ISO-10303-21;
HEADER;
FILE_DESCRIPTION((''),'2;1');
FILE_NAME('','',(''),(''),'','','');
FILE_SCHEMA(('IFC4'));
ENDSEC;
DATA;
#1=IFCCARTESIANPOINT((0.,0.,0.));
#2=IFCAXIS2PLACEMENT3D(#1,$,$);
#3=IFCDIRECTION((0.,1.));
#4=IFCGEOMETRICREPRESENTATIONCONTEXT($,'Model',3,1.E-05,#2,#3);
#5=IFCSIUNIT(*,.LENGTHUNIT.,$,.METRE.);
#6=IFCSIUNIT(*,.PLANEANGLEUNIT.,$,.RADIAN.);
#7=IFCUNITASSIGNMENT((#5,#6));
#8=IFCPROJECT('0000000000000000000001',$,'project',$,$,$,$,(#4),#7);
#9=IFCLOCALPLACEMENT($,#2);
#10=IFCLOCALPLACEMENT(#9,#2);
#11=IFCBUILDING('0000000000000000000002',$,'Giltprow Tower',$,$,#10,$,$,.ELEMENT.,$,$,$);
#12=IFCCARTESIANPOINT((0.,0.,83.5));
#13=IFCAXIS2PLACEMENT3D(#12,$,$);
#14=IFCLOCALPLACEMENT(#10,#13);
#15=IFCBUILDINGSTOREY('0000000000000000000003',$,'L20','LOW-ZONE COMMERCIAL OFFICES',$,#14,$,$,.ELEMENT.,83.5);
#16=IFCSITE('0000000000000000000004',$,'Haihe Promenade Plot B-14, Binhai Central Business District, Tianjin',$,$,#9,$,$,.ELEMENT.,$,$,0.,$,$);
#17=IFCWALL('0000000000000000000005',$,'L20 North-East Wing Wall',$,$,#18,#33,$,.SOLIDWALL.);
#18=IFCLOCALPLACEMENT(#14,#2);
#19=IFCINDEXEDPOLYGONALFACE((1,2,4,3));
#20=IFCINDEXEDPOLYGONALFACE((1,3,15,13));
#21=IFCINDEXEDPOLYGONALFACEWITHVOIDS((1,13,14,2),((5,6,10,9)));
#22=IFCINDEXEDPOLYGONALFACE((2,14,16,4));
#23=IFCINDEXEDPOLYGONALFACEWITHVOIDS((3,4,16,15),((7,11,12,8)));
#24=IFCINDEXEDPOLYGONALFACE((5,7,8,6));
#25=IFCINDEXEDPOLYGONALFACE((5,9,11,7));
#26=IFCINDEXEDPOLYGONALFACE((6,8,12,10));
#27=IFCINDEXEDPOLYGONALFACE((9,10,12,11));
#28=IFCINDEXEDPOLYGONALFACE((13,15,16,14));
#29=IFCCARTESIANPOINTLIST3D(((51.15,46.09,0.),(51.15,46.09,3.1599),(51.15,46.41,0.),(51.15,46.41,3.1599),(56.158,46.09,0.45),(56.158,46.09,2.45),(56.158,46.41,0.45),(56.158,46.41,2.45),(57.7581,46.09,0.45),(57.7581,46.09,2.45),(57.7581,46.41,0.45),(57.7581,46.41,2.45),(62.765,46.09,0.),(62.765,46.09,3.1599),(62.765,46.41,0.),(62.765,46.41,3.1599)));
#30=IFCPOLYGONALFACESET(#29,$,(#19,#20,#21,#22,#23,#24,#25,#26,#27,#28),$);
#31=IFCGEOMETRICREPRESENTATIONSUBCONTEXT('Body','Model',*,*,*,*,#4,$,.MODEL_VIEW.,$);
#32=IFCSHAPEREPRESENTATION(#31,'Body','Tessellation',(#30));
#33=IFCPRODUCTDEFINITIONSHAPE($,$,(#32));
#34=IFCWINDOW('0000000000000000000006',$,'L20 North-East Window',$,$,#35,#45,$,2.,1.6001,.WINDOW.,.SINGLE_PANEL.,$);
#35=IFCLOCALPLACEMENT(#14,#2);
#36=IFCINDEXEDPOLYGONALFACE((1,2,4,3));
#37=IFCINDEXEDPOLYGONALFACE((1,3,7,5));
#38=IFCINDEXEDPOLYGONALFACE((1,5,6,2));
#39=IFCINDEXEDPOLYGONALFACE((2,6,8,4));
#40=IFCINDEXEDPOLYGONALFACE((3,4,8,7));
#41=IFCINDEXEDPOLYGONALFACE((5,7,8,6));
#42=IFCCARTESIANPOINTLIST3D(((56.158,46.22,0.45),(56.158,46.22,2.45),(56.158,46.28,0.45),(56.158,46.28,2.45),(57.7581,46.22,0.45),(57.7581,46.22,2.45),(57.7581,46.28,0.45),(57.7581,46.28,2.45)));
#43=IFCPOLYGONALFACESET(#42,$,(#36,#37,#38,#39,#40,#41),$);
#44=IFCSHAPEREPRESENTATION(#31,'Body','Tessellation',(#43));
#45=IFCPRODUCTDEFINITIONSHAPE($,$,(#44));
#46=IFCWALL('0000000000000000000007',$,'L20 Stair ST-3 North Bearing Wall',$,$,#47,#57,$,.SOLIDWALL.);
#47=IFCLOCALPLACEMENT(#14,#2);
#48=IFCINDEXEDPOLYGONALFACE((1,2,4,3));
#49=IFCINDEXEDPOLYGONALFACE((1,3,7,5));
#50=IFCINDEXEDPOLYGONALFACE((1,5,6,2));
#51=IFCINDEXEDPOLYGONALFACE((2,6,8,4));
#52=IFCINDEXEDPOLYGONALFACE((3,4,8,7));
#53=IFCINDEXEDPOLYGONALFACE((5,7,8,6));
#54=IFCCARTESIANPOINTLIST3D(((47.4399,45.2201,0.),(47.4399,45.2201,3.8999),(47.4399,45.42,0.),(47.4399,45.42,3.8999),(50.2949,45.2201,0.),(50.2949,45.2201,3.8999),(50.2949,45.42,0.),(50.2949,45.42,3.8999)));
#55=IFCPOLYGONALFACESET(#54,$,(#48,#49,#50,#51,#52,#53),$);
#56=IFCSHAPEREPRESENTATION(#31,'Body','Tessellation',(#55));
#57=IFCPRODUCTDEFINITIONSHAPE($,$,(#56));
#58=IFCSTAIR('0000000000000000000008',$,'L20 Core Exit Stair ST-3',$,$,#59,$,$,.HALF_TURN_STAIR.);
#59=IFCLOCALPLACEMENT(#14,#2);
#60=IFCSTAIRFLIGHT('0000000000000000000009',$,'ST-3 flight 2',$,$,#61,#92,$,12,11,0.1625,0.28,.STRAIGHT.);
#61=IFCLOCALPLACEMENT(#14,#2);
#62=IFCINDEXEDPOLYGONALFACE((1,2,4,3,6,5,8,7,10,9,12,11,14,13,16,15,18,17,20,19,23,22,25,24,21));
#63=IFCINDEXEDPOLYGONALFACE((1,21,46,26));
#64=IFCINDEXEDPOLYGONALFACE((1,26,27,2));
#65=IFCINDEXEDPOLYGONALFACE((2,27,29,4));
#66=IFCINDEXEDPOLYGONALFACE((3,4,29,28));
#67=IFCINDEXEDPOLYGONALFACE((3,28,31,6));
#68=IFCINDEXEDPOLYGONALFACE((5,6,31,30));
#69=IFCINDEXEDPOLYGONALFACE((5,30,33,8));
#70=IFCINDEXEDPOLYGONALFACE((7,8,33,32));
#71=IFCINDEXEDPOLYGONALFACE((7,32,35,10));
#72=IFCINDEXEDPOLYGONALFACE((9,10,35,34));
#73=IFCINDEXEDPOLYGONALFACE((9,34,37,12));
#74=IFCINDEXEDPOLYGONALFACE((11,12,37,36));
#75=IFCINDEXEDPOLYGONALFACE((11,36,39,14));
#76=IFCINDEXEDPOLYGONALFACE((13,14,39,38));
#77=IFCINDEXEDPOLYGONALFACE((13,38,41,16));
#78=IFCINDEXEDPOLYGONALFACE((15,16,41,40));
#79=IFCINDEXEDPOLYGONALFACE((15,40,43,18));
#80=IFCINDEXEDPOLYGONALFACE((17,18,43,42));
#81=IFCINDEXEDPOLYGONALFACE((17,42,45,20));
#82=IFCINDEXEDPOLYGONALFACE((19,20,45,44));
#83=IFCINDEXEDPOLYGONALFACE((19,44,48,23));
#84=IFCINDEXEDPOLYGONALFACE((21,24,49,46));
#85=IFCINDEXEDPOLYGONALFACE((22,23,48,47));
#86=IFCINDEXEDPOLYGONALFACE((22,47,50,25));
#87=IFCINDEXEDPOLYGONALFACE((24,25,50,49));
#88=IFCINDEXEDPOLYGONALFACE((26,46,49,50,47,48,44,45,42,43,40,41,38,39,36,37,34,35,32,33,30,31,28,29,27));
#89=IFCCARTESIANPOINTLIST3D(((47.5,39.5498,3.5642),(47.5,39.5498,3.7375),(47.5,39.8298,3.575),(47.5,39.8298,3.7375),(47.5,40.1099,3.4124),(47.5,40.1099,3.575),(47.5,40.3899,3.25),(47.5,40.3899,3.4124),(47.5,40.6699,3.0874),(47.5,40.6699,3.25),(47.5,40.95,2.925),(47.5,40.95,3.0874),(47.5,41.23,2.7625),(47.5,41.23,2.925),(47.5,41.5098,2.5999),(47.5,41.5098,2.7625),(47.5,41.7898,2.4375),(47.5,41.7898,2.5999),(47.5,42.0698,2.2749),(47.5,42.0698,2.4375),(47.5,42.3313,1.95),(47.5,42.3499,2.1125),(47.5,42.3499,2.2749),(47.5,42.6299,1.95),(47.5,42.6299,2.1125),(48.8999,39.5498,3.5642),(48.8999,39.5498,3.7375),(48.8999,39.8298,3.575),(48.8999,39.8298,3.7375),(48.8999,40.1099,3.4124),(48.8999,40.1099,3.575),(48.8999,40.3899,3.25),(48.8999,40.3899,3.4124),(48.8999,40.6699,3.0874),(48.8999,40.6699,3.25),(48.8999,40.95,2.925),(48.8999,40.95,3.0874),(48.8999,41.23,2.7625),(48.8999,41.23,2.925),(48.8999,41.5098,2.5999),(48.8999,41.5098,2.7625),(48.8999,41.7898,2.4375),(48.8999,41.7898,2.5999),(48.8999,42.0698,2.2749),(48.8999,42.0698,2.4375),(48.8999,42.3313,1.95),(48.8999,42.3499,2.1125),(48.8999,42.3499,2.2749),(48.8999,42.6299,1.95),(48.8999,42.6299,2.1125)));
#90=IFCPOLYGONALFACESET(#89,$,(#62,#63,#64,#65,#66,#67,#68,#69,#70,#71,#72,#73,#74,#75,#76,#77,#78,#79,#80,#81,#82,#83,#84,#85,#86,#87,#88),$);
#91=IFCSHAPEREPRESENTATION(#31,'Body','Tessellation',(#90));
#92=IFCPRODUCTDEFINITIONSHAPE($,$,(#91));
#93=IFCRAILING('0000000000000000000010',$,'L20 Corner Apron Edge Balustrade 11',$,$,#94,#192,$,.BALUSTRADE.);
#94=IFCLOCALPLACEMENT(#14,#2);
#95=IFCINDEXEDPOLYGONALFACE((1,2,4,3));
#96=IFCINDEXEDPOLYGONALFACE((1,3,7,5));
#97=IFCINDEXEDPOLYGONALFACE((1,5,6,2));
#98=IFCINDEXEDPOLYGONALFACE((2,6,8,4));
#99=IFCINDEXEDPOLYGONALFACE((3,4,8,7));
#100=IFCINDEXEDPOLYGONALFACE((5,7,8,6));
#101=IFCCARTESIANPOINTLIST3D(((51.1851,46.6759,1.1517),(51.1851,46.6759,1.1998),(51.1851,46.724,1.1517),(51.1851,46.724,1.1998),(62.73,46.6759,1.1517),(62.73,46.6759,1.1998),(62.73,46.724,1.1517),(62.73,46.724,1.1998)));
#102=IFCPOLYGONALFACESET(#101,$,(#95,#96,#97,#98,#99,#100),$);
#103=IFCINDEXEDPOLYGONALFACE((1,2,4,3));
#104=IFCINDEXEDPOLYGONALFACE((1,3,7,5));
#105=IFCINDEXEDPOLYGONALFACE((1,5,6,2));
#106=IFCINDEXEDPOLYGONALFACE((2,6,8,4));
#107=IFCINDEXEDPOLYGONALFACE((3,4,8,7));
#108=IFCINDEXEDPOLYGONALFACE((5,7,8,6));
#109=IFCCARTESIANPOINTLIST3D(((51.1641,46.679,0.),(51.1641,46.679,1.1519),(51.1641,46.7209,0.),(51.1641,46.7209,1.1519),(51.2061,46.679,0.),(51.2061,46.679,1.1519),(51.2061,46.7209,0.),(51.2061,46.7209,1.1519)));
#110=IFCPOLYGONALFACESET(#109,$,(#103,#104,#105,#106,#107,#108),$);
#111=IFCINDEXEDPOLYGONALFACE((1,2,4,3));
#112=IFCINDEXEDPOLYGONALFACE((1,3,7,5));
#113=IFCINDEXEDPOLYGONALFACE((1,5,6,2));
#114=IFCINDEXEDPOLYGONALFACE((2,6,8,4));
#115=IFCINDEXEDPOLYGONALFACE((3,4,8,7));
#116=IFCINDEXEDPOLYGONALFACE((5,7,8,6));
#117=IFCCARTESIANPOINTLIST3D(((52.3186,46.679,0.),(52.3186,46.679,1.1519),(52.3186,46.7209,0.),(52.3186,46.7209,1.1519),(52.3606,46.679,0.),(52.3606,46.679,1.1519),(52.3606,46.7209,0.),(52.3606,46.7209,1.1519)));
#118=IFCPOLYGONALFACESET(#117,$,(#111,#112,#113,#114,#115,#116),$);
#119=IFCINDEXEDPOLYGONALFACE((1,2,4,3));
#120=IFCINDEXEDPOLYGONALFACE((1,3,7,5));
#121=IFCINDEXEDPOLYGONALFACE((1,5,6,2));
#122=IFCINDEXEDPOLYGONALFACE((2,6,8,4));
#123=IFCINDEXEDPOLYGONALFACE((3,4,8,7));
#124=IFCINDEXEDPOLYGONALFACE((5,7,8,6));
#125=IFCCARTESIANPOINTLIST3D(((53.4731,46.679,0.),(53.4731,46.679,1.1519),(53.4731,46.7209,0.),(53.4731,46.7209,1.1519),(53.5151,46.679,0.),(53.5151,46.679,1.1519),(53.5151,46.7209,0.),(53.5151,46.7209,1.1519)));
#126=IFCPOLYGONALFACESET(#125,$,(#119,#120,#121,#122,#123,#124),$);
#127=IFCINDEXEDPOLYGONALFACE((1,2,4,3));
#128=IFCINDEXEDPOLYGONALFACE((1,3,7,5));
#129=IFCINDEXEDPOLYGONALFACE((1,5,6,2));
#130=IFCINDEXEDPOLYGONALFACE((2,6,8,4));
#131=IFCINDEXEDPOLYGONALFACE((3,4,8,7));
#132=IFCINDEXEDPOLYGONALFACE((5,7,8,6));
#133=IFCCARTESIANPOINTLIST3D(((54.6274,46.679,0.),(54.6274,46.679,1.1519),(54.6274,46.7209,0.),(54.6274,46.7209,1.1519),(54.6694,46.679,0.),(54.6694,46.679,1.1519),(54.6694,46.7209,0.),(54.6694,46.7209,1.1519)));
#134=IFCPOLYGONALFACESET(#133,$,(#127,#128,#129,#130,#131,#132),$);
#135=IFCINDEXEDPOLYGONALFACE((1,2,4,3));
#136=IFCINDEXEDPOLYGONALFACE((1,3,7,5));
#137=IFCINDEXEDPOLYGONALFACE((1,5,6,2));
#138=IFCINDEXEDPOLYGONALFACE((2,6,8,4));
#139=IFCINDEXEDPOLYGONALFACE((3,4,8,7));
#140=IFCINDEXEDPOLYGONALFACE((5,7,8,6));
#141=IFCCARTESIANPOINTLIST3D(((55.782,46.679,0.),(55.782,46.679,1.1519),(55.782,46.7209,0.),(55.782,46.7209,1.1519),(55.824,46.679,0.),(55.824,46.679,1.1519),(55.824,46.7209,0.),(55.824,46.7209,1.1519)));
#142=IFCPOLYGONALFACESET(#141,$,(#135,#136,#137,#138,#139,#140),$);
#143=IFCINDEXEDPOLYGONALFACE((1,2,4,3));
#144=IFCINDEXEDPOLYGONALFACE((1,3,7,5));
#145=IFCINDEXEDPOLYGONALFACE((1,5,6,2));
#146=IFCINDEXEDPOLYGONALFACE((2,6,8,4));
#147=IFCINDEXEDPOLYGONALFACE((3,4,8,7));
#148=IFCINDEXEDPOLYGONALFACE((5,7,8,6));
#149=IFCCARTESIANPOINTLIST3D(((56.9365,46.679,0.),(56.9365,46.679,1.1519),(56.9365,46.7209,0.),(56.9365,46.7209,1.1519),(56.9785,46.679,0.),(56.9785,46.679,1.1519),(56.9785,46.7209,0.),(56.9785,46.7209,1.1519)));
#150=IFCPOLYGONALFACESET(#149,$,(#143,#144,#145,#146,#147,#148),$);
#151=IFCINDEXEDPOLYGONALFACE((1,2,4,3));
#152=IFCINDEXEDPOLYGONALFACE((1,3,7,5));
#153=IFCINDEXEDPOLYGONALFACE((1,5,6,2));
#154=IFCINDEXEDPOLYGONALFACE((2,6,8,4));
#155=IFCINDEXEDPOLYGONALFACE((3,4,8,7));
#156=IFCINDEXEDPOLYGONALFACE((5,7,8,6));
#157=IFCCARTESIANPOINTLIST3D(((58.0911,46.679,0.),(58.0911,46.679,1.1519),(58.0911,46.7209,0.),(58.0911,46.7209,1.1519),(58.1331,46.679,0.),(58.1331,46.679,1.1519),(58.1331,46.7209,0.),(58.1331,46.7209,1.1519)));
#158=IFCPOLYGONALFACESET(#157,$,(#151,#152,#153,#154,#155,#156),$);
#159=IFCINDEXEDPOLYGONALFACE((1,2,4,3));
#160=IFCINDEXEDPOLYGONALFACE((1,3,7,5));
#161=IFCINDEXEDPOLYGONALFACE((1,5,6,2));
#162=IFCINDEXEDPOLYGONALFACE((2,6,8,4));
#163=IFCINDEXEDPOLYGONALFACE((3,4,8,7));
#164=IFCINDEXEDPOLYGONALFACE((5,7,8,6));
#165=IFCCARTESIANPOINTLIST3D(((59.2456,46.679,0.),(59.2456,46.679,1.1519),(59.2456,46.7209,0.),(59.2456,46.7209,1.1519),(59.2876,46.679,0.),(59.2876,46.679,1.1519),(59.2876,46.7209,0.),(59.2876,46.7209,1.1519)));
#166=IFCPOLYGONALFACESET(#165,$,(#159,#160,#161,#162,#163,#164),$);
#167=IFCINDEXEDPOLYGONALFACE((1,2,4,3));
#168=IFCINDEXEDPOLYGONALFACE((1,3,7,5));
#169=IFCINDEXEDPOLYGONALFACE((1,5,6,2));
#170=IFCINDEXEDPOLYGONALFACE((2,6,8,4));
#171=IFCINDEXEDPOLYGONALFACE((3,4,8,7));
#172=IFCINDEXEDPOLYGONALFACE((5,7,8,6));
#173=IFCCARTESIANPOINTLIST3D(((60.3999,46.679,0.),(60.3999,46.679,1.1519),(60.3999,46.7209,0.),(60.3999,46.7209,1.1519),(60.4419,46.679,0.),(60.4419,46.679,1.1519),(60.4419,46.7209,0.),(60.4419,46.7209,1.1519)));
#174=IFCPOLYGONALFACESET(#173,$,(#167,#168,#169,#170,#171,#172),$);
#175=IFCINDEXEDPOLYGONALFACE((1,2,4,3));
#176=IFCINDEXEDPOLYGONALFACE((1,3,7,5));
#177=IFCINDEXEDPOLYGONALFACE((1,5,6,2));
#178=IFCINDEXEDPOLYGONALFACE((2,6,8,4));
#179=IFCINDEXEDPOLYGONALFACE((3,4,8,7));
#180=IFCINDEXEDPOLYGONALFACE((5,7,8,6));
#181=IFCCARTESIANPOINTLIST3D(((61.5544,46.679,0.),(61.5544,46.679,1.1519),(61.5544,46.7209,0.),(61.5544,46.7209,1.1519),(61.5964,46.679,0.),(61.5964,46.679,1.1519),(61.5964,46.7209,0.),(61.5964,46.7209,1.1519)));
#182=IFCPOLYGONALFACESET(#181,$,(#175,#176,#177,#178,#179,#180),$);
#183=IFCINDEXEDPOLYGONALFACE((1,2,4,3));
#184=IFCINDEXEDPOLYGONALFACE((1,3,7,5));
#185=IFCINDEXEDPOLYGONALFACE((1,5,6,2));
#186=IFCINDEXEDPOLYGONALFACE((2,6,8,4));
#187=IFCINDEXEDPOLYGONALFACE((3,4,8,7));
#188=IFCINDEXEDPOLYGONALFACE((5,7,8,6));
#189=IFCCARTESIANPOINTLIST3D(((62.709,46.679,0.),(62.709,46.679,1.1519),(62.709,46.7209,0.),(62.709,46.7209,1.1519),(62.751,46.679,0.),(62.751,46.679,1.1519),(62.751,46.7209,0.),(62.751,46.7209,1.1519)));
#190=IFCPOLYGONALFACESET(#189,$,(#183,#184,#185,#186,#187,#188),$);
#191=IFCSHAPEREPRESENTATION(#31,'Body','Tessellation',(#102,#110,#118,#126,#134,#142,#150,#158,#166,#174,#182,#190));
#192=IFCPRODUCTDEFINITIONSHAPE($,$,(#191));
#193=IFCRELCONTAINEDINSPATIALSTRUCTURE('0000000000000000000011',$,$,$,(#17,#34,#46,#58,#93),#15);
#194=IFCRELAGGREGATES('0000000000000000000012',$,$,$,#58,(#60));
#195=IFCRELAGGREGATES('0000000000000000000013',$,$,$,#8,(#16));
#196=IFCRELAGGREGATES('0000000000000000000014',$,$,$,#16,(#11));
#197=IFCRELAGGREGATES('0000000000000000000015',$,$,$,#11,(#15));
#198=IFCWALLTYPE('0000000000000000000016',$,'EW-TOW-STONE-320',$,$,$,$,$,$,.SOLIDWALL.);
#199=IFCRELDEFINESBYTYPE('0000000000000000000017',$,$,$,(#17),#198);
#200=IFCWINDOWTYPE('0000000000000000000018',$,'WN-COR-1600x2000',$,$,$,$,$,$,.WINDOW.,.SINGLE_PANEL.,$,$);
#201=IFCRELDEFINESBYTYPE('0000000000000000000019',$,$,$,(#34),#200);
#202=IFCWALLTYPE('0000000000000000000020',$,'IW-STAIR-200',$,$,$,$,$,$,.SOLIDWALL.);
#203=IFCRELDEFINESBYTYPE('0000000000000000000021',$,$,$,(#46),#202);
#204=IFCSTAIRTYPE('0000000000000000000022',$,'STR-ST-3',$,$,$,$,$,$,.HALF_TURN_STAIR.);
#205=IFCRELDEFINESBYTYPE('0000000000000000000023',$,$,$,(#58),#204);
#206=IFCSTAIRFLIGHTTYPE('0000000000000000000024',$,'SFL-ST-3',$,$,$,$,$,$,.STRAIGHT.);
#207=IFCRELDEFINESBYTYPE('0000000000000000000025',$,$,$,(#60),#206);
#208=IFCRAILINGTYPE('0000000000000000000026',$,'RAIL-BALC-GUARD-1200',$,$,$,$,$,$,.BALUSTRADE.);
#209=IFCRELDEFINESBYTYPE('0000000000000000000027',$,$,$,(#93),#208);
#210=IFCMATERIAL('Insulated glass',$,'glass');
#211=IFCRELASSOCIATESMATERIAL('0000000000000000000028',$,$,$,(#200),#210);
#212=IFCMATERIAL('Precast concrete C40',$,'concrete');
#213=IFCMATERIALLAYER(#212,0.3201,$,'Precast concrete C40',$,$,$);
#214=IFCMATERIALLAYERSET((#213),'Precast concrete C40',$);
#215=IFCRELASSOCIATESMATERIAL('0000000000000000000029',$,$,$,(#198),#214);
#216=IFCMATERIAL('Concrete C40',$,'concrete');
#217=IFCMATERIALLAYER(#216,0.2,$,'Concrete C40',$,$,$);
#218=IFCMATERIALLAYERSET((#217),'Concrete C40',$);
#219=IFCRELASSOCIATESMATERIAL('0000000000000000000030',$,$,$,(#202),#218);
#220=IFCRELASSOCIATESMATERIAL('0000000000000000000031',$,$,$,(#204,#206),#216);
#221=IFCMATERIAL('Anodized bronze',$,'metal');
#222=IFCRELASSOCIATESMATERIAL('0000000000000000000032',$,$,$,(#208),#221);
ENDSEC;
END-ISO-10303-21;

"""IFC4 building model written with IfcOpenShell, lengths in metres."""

from ifc_helpers import new_model, si_unit, direction, frame, frame_2d, origin, origin_2d, place, context, subcontext, project, spatial, polyline, rectangle, outline, extrude, source, transform, mapped, material, layer, layer_set, type_object, element, fill, aggregate, save


model = new_model("IFC4")

# Units and contexts
model_context = context("Model", 3, precision=1e-05, world=origin(), true_north=direction((0.0, 1.0)))
body_context = subcontext(model_context, "Body", "Model", "MODEL_VIEW")
ifc_project = project(units=[si_unit("LENGTHUNIT", "METRE"), si_unit("PLANEANGLEUNIT", "RADIAN")], contexts=[model_context])

# Site, building, storey
site_placement = place(None, origin())
site = spatial("IfcSite", under=ifc_project, at=site_placement, Name="Haihe Promenade Plot B-14, Binhai Central Business District, Tianjin", CompositionType="ELEMENT", RefElevation=0.0)
building_placement = place(site_placement, origin())
building = spatial("IfcBuilding", under=site, at=building_placement, Name="Giltprow Tower", CompositionType="ELEMENT")
storey_placement = place(building_placement, frame((0.0, 0.0, 83.5)))
storey = spatial("IfcBuildingStorey", under=building, at=storey_placement, Name="L20", Description="LOW-ZONE COMMERCIAL OFFICES", CompositionType="ELEMENT", Elevation=83.5)

# Wall, opening, window
ifc_material_1 = material(Name="Precast concrete C40", Category="concrete")
ifc_material_2 = material(Name="Insulated glass", Category="glass")
window_type = type_object("IfcWindowType", Name="WN-COR-1600x2000", PartitioningType="SINGLE_PANEL", PredefinedType="WINDOW", material=ifc_material_2)
shared_shape_1 = source(origin(), body_context, "Body", "SweptSolid", [
    extrude(rectangle(XDim=1.6001, YDim=2.0, at=frame_2d((0.8, 1.0))), frame((0.0, 0.03, 0.0), z_axis=(0.0, -1.0, 0.0), x_axis=(1.0, 0.0, 0.0)), (0.0, 0.0, 1.0), 0.0601),
])
ifc_layer_1 = layer(ifc_material_1, 0.3201, Name="Precast concrete C40")
ifc_layer_set_1 = layer_set([ifc_layer_1], Name="Precast concrete C40")
wall_type_1 = type_object("IfcWallType", Name="EW-TOW-STONE-320", PredefinedType="SOLIDWALL", material=ifc_layer_set_1)
wall_1_placement = place(storey_placement, frame((51.1499, 46.25, 0.0), z_axis=(0.0, 0.0, 1.0), x_axis=(1.0, 0.0, 0.0)))
wall_1 = element("IfcWall", 1, at=wall_1_placement, inside=storey, type_object=wall_type_1, Name="L20 North-East Wing Wall", PredefinedType="SOLIDWALL", context=body_context, shape_type="SweptSolid", body=[
    extrude(rectangle(XDim=11.615, YDim=0.3201, at=frame_2d((5.8076, 0.0))), origin(), (0.0, 0.0, 1.0), 3.1599),
])
opening_1_placement = place(wall_1_placement, frame((5.0081, 0.0, 0.45)))
opening_1 = element("IfcOpeningElement", 2, at=opening_1_placement, cuts=wall_1, PredefinedType="OPENING", context=body_context, shape_type="SweptSolid", body=[
    extrude(rectangle(XDim=1.6001, YDim=2.0, at=frame_2d((0.8, 1.0))), frame((0.0, 0.1699, 0.0), z_axis=(0.0, -1.0, 0.0), x_axis=(1.0, 0.0, 0.0)), (0.0, 0.0, 1.0), 0.3401),
])
window_1_placement = place(opening_1_placement, origin())
window_1 = element("IfcWindow", 3, at=window_1_placement, inside=storey, type_object=window_type, Name="L20 North-East Window", OverallHeight=2.0, OverallWidth=1.6001, PartitioningType="SINGLE_PANEL", PredefinedType="WINDOW", context=body_context, shape_type="MappedRepresentation", body=[
    mapped(shared_shape_1, transform((0.0, 0.0, 0.0), x_axis=(1.0, 0.0, 0.0), y_axis=(0.0, 1.0, 0.0), z_axis=(0.0, 0.0, 1.0), scale=1.0)),
])
fill(opening_1, window_1)

# Wall
ifc_material_3 = material(Name="Concrete C40", Category="concrete")
ifc_layer_2 = layer(ifc_material_3, 0.2, Name="Concrete C40")
ifc_layer_set_2 = layer_set([ifc_layer_2], Name="Concrete C40")
wall_type_2 = type_object("IfcWallType", Name="IW-STAIR-200", PredefinedType="SOLIDWALL", material=ifc_layer_set_2)
wall_2_placement = place(storey_placement, frame((47.4399, 45.3201, 0.0), z_axis=(0.0, 0.0, 1.0), x_axis=(1.0, 0.0, 0.0)))
element("IfcWall", 4, at=wall_2_placement, inside=storey, type_object=wall_type_2, Name="L20 Stair ST-3 North Bearing Wall", PredefinedType="SOLIDWALL", context=body_context, shape_type="SweptSolid", body=[
    extrude(rectangle(XDim=2.855, YDim=0.2, at=frame_2d((1.4275, 0.0))), origin(), (0.0, 0.0, 1.0), 3.8999),
])

# Stair, stair flight
stair_type = type_object("IfcStairType", Name="STR-ST-3", PredefinedType="HALF_TURN_STAIR", material=ifc_material_3)
stair_placement = place(storey_placement, origin())
stair = element("IfcStair", 5, at=stair_placement, inside=storey, type_object=stair_type, Name="L20 Core Exit Stair ST-3", PredefinedType="HALF_TURN_STAIR")
stair_flight_type = type_object("IfcStairFlightType", Name="SFL-ST-3", PredefinedType="STRAIGHT", material=ifc_material_3)
stair_flight_placement = place(storey_placement, frame((48.2, 42.6299, 1.95), z_axis=(0.0, 0.0, 1.0), x_axis=(0.0, -1.0, 0.0)))
stair_flight = element("IfcStairFlight", 6, at=stair_flight_placement, type_object=stair_flight_type, Name="ST-3 flight 2", NumberOfRisers=12, NumberOfTreads=11, PredefinedType="STRAIGHT", RiserHeight=0.1625, TreadLength=0.28, context=body_context, shape_type="SweptSolid", body=[
    extrude(outline(polyline([(0.0, 0.0), (0.0, 0.1626), (0.28, 0.1626), (0.28, 0.325), (0.5601, 0.325), (0.5601, 0.4875), (0.8401, 0.4875), (0.8401, 0.6499), (1.1201, 0.6499), (1.1201, 0.8125), (1.3999, 0.8125), (1.3999, 0.9751), (1.6799, 0.9751), (1.6799, 1.1375), (1.96, 1.1375), (1.96, 1.3), (2.24, 1.3), (2.24, 1.4624), (2.52, 1.4624), (2.52, 1.625), (2.8, 1.625), (2.8, 1.7876), (3.0801, 1.7876), (3.0801, 1.95), (3.0801, 1.6143), (0.2986, 0.0), (0.0, 0.0)])), frame((0.0, 0.7, 0.0), z_axis=(0.0, -1.0, 0.0), x_axis=(1.0, 0.0, 0.0)), (0.0, 0.0, 1.0), 1.3999),
])
aggregate(stair, [stair_flight])

# Railing
ifc_material_4 = material(Name="Anodized bronze", Category="metal")
railing_type_1 = type_object("IfcRailingType", Name="RAIL-BALC-GUARD-1200", PredefinedType="BALUSTRADE", material=ifc_material_4)
railing_1_placement = place(storey_placement, frame((51.1851, 46.7, 0.0)))
element("IfcRailing", 7, at=railing_1_placement, inside=storey, type_object=railing_type_1, Name="L20 Corner Apron Edge Balustrade 11", PredefinedType="BALUSTRADE", context=body_context, shape_type="SweptSolid", body=[
    extrude(rectangle(XDim=0.0481, YDim=0.0481, at=origin_2d()), frame((0.0, 0.0, 1.1758), z_axis=(1.0, 0.0, 0.0), x_axis=(0.0, 1.0, 0.0)), (0.0, 0.0, 1.0), 11.5449),
    extrude(rectangle(XDim=0.042, YDim=0.042, at=origin_2d()), origin(), (0.0, 0.0, 1.0), 1.1519),
    extrude(rectangle(XDim=0.042, YDim=0.042, at=origin_2d()), frame((1.1545, 0.0, 0.0)), (0.0, 0.0, 1.0), 1.1519),
    extrude(rectangle(XDim=0.042, YDim=0.042, at=origin_2d()), frame((2.3091, 0.0, 0.0)), (0.0, 0.0, 1.0), 1.1519),
    extrude(rectangle(XDim=0.042, YDim=0.042, at=origin_2d()), frame((3.4634, 0.0, 0.0)), (0.0, 0.0, 1.0), 1.1519),
    extrude(rectangle(XDim=0.042, YDim=0.042, at=origin_2d()), frame((4.6179, 0.0, 0.0)), (0.0, 0.0, 1.0), 1.1519),
    extrude(rectangle(XDim=0.042, YDim=0.042, at=origin_2d()), frame((5.7725, 0.0, 0.0)), (0.0, 0.0, 1.0), 1.1519),
    extrude(rectangle(XDim=0.042, YDim=0.042, at=origin_2d()), frame((6.927, 0.0, 0.0)), (0.0, 0.0, 1.0), 1.1519),
    extrude(rectangle(XDim=0.042, YDim=0.042, at=origin_2d()), frame((8.0815, 0.0, 0.0)), (0.0, 0.0, 1.0), 1.1519),
    extrude(rectangle(XDim=0.042, YDim=0.042, at=origin_2d()), frame((9.2358, 0.0, 0.0)), (0.0, 0.0, 1.0), 1.1519),
    extrude(rectangle(XDim=0.042, YDim=0.042, at=origin_2d()), frame((10.3904, 0.0, 0.0)), (0.0, 0.0, 1.0), 1.1519),
    extrude(rectangle(XDim=0.042, YDim=0.042, at=origin_2d()), frame((11.5449, 0.0, 0.0)), (0.0, 0.0, 1.0), 1.1519),
])

save(model, "model.ifc")
